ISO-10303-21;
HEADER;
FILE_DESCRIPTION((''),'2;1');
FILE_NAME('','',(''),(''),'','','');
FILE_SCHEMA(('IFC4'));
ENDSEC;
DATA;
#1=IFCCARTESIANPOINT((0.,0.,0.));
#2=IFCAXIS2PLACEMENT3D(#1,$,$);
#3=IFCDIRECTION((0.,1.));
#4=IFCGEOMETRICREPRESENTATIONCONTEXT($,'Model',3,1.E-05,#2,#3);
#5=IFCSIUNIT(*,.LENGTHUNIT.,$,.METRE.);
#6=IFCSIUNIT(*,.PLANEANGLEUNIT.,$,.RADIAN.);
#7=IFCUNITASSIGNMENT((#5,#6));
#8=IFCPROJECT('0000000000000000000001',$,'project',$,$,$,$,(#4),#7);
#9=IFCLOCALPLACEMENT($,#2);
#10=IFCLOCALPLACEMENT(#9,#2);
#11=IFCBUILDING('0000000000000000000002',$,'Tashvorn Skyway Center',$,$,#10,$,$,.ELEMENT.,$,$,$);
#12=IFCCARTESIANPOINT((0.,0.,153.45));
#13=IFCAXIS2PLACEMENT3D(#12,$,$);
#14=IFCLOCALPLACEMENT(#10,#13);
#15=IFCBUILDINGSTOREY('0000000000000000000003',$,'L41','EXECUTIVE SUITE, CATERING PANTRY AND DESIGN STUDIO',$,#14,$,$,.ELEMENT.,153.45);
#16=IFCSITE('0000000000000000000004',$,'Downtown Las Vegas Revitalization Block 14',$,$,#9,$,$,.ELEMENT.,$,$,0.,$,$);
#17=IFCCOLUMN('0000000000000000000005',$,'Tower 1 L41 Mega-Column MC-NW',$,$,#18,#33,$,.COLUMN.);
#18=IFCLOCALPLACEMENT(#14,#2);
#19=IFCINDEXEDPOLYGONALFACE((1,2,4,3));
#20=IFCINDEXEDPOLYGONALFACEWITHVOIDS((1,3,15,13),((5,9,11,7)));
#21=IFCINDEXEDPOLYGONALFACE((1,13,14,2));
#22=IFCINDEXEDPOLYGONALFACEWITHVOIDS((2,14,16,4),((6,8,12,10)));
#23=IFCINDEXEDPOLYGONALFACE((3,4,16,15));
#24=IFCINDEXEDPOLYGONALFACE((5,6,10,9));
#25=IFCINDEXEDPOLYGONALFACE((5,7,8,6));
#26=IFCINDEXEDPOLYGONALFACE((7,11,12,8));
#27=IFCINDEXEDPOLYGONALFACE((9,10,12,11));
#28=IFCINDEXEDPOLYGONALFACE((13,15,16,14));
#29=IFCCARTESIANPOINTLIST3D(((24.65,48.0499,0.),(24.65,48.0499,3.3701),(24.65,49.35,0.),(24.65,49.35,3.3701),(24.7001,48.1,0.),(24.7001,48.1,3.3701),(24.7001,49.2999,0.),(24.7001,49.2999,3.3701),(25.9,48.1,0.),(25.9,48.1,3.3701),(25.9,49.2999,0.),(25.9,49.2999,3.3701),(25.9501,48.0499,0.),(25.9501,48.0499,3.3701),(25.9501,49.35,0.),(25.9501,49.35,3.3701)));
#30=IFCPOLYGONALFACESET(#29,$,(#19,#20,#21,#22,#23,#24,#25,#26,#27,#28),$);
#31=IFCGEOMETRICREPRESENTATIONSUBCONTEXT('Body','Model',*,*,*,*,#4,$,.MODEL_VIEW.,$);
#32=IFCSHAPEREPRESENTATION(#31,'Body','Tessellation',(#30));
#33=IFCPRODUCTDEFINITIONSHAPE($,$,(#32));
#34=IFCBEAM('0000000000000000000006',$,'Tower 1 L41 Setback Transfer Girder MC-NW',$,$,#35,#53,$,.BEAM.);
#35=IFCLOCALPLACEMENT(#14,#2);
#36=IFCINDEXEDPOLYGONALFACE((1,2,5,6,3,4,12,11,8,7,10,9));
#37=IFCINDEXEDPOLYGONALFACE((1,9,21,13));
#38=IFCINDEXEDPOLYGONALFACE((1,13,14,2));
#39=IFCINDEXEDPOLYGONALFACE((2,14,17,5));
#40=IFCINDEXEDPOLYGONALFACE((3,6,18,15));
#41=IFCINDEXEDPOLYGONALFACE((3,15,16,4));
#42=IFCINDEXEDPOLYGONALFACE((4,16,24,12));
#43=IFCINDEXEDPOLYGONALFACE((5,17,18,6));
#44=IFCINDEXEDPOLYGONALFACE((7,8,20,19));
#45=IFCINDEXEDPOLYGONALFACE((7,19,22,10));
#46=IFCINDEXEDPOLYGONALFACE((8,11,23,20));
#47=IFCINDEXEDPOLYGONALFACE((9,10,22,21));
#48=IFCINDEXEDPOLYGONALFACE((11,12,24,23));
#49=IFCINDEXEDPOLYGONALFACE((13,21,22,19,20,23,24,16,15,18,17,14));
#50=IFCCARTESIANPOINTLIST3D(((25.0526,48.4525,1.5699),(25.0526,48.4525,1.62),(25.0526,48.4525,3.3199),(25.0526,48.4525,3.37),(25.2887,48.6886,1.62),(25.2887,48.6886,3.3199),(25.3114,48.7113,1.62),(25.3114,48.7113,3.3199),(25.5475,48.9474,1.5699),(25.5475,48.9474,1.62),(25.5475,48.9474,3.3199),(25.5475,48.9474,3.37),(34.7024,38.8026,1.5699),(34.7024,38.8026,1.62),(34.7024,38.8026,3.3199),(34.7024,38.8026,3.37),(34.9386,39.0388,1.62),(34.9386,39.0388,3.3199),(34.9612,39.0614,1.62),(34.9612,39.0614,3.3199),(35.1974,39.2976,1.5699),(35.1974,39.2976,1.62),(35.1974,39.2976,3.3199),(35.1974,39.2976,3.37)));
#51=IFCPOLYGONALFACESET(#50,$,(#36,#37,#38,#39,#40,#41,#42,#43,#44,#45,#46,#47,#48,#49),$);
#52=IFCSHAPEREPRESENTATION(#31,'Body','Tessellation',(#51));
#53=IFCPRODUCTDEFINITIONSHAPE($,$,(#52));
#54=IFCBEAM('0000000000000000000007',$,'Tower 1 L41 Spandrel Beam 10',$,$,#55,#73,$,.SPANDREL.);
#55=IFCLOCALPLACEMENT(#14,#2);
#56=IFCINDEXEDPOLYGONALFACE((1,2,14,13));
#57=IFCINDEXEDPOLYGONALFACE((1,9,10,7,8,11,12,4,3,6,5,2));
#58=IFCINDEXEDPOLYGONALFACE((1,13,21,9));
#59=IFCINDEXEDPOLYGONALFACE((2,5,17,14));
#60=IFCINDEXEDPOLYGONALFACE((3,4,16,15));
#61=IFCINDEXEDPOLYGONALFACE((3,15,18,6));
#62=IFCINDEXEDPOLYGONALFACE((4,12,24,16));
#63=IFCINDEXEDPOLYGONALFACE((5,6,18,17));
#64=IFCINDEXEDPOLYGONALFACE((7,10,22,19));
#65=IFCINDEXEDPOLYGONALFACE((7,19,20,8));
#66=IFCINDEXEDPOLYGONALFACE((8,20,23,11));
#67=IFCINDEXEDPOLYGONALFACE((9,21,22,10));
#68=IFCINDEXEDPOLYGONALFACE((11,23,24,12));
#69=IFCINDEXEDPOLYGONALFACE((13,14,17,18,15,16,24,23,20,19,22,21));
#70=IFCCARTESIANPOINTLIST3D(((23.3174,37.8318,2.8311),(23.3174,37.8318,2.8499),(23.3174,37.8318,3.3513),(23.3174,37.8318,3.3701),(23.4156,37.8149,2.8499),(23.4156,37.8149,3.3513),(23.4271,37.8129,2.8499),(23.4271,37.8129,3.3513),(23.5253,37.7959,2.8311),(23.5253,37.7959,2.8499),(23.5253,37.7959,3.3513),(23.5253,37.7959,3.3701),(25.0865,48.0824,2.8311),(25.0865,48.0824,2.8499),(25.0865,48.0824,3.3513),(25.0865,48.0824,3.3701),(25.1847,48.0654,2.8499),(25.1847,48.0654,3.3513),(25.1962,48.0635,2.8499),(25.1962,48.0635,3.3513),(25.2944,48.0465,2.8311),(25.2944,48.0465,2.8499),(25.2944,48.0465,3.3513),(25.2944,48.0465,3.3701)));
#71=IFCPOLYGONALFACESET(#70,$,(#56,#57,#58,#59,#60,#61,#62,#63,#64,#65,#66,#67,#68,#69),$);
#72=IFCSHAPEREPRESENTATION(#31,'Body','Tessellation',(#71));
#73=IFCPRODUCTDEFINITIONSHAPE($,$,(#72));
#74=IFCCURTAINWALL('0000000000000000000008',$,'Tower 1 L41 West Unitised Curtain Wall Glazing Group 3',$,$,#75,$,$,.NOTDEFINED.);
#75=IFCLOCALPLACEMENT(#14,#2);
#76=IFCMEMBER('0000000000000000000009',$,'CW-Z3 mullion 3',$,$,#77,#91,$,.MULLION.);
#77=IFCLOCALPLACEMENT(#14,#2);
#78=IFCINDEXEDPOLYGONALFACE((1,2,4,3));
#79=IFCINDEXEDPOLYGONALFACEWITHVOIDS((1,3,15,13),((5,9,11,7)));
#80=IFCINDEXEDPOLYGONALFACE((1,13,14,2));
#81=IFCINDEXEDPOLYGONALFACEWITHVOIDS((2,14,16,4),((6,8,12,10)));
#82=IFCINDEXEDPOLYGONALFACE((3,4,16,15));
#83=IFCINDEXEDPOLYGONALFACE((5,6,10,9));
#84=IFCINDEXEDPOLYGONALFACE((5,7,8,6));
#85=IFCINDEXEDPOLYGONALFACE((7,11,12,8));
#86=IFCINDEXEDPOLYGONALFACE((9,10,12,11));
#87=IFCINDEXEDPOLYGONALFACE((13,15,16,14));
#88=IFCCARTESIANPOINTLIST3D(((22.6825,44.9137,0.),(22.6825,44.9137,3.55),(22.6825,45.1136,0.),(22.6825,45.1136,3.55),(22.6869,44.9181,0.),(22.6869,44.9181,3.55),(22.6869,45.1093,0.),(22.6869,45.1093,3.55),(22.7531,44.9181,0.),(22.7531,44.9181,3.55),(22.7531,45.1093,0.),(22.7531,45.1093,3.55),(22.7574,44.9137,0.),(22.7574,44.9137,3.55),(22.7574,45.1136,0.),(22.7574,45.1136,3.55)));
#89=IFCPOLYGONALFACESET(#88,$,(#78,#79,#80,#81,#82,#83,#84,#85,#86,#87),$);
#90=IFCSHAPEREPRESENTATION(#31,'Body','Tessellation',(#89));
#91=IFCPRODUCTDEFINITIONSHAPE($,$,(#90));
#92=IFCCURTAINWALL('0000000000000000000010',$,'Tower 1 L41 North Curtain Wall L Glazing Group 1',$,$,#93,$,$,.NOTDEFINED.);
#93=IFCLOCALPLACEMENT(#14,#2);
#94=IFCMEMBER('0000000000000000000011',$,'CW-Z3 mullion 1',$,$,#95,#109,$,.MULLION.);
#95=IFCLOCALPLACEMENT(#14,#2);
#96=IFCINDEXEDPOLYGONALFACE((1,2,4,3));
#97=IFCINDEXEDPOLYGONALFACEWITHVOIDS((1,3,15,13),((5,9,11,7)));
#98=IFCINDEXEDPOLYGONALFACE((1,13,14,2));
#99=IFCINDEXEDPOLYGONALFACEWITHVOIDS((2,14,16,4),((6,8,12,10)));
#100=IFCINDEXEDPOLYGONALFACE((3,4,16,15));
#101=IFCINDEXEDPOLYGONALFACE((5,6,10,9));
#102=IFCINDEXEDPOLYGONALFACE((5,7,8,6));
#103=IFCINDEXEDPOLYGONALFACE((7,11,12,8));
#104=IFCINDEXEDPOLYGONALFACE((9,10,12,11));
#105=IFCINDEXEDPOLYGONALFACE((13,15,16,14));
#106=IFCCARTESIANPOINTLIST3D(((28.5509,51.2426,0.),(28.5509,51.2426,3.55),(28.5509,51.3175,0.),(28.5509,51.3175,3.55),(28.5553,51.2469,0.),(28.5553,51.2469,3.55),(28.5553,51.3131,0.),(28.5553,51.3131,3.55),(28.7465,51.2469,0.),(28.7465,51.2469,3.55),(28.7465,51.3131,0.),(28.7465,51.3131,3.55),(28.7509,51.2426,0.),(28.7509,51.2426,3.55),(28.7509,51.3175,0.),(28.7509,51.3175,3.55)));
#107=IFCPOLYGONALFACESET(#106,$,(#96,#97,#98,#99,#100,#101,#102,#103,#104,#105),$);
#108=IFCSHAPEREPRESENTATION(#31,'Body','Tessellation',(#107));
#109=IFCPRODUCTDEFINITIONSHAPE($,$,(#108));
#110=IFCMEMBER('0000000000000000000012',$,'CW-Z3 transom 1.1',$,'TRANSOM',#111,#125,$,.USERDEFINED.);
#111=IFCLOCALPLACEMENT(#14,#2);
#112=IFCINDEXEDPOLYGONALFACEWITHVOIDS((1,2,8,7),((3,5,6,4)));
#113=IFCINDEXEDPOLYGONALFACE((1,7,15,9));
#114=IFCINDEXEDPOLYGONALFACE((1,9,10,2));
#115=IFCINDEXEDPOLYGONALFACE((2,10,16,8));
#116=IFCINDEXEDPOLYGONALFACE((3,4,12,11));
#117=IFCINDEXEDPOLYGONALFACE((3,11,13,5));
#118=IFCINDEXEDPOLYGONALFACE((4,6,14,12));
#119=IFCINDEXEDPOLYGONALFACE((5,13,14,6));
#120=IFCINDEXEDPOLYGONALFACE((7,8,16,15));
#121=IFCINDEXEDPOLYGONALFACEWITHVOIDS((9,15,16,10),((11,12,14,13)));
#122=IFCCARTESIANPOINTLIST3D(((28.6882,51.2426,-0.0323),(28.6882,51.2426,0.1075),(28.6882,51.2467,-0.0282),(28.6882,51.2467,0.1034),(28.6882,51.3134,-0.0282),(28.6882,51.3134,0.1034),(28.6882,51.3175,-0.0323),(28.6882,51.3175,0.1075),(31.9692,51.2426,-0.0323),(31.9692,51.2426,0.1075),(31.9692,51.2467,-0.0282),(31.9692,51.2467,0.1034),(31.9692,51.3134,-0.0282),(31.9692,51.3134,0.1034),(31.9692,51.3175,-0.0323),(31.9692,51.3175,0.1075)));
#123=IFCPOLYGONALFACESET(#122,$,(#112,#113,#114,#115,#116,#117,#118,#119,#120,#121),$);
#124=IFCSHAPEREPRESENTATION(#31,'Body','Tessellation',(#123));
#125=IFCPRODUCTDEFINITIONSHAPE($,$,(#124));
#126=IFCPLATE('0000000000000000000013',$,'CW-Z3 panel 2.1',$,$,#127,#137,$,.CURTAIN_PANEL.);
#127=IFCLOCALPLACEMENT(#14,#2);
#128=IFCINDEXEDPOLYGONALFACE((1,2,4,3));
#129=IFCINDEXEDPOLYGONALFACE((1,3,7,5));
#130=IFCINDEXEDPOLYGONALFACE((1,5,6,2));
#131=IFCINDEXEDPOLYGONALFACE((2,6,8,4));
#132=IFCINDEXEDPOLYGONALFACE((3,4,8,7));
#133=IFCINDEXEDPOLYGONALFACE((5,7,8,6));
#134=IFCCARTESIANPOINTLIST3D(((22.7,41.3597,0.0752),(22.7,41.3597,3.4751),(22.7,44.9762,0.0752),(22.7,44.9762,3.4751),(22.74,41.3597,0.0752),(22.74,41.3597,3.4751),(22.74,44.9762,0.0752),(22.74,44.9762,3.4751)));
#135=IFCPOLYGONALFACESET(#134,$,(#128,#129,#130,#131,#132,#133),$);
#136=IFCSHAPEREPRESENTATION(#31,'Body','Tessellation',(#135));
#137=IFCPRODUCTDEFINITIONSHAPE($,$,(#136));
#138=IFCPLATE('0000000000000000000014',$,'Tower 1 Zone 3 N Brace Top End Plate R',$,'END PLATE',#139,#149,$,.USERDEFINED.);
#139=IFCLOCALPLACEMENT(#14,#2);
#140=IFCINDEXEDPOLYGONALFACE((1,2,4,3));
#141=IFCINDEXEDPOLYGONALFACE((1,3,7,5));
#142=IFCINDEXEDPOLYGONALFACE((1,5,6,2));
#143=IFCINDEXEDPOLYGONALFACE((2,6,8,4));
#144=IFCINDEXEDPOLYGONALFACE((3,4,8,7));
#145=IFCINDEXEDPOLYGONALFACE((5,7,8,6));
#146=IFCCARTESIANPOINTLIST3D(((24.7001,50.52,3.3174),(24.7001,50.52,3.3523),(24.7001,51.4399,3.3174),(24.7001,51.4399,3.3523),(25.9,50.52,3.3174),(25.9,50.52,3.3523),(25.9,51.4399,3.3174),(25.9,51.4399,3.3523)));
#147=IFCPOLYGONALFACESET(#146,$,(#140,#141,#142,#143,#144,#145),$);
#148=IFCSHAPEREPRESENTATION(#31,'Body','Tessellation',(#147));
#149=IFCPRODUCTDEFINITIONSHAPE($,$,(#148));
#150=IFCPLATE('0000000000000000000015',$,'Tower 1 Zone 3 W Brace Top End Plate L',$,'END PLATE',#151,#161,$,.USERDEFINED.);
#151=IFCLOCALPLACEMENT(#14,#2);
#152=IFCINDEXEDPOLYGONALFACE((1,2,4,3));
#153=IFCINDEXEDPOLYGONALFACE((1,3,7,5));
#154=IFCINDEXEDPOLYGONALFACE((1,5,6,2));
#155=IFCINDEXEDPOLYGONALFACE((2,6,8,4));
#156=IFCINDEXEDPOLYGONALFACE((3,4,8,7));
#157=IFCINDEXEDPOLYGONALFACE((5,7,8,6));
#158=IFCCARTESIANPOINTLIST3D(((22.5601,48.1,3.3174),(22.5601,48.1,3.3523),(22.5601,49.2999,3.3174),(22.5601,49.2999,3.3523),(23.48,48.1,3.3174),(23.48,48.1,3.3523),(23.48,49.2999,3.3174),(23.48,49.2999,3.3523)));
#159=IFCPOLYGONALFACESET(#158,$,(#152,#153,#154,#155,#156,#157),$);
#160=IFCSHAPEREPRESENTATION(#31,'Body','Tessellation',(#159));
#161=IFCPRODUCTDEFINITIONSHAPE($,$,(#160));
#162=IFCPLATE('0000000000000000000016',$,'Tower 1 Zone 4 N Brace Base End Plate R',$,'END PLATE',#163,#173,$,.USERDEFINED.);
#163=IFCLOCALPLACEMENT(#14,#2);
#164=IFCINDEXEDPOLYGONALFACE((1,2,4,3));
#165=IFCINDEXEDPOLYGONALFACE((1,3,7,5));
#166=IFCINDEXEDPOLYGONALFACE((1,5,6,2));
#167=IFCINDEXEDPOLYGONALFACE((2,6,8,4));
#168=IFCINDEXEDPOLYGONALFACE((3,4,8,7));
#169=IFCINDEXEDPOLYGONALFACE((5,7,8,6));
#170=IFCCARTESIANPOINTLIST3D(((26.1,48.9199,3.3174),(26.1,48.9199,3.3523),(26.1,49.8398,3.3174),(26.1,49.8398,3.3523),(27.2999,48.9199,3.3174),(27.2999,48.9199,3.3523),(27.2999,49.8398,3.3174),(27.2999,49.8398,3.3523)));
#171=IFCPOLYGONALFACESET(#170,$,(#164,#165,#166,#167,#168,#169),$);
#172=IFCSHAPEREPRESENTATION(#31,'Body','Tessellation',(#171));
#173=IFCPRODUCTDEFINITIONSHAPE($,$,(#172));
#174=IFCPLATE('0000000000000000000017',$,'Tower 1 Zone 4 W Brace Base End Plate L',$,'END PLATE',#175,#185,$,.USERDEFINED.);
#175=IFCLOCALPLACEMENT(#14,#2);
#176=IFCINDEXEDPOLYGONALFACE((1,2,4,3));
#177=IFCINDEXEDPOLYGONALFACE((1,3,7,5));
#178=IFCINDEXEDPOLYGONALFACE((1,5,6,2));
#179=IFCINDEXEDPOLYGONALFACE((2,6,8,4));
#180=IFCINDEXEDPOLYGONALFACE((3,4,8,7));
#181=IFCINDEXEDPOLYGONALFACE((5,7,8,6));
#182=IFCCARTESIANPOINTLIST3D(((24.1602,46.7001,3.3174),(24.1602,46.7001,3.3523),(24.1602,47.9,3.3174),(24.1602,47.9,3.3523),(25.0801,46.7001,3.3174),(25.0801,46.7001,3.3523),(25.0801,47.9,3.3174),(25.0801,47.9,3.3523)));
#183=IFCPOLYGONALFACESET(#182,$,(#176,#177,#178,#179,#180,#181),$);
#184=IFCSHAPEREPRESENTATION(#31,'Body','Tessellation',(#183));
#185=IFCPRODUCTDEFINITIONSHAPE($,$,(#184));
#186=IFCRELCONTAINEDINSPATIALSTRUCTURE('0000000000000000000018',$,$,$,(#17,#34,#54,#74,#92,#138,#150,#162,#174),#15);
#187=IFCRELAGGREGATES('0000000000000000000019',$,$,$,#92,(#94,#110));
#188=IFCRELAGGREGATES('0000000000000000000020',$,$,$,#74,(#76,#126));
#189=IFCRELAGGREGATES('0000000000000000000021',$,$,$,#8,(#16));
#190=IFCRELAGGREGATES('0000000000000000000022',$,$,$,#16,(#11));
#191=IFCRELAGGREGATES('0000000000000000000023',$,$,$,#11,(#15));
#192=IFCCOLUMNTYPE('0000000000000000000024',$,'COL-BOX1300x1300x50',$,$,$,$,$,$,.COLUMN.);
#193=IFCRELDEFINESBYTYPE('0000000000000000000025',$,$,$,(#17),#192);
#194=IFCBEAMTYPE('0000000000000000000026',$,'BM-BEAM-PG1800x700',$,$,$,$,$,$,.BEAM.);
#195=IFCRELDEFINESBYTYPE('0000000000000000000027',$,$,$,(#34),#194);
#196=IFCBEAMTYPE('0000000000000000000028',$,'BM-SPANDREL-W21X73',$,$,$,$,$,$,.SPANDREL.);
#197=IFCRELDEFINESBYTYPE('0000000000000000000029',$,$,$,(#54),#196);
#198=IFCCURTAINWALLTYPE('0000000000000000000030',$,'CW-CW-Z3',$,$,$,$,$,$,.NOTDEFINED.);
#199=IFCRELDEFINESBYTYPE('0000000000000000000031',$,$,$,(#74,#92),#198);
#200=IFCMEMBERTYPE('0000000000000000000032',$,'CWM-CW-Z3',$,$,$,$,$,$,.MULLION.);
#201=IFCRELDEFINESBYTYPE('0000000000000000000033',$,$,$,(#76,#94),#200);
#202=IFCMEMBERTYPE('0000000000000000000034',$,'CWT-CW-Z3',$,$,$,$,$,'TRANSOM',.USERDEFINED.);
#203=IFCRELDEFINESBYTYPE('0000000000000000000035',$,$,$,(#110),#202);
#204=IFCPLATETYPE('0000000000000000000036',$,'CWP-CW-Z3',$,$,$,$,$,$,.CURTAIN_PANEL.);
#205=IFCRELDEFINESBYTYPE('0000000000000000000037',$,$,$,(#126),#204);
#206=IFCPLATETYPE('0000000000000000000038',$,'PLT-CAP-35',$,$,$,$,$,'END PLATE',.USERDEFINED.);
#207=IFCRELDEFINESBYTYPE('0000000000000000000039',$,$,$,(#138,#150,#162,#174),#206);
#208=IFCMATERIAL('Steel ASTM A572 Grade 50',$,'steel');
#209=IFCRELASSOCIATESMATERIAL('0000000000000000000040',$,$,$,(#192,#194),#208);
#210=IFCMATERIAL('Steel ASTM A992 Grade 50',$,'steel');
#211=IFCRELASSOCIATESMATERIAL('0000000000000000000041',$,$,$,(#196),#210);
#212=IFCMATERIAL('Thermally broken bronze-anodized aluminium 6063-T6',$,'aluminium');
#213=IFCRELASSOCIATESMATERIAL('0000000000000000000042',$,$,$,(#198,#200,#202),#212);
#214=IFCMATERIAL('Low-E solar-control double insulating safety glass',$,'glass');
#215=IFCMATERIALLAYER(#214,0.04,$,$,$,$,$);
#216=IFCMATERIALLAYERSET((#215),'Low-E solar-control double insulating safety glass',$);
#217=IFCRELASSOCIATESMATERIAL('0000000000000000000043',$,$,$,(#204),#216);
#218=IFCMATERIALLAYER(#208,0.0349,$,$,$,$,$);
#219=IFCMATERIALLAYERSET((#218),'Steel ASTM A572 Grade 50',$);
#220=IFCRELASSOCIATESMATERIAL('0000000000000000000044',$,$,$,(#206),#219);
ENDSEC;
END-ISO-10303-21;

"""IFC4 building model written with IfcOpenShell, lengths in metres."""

from ifc_helpers import new_model, si_unit, direction, frame, origin, origin_2d, place, context, subcontext, project, spatial, rectangle, hollow_rectangle, i_section, extrude, material, layer, layer_set, material_profile, profile_set, type_object, element, aggregate, save


model = new_model("IFC4")

# Units and contexts
model_context = context("Model", 3, precision=1e-05, world=origin(), true_north=direction((0.0, 1.0)))
body_context = subcontext(model_context, "Body", "Model", "MODEL_VIEW")
ifc_project = project(units=[si_unit("LENGTHUNIT", "METRE"), si_unit("PLANEANGLEUNIT", "RADIAN")], contexts=[model_context])

# Site, building, storey
site_placement = place(None, origin())
site = spatial("IfcSite", under=ifc_project, at=site_placement, Name="Downtown Las Vegas Revitalization Block 14", CompositionType="ELEMENT", RefElevation=0.0)
building_placement = place(site_placement, origin())
building = spatial("IfcBuilding", under=site, at=building_placement, Name="Tashvorn Skyway Center", CompositionType="ELEMENT")
storey_placement = place(building_placement, frame((0.0, 0.0, 153.45)))
storey = spatial("IfcBuildingStorey", under=building, at=storey_placement, Name="L41", Description="EXECUTIVE SUITE, CATERING PANTRY AND DESIGN STUDIO", CompositionType="ELEMENT", Elevation=153.45)

# Column
ifc_material_1 = material(Name="Steel ASTM A572 Grade 50", Category="steel")
ifc_material_profile_1 = material_profile(ifc_material_1, hollow_rectangle(XDim=1.3, YDim=1.3, WallThickness=0.05, at=origin_2d()), Name="BOX1300x1300x50")
ifc_profile_set_1 = profile_set([ifc_material_profile_1], Name="Steel ASTM A572 Grade 50")
column_type = type_object("IfcColumnType", Name="COL-BOX1300x1300x50", PredefinedType="COLUMN", material=ifc_profile_set_1)
column_placement = place(storey_placement, frame((25.3, 48.7, 0.0), z_axis=(0.0, 0.0, 1.0), x_axis=(1.0, 0.0, 0.0)))
element("IfcColumn", 1, at=column_placement, inside=storey, type_object=column_type, Name="Tower 1 L41 Mega-Column MC-NW", PredefinedType="COLUMN", context=body_context, shape_type="SweptSolid", body=[
    extrude(hollow_rectangle(XDim=1.3, YDim=1.3, WallThickness=0.05, at=origin_2d()), origin(), (0.0, 0.0, 1.0), 3.3701),
])

# Beams
ifc_material_profile_2 = material_profile(ifc_material_1, i_section(OverallWidth=0.7, OverallDepth=1.8, WebThickness=0.032, FlangeThickness=0.05, at=origin_2d()), Name="PG1800x700")
ifc_profile_set_2 = profile_set([ifc_material_profile_2], Name="Steel ASTM A572 Grade 50")
beam_type_1 = type_object("IfcBeamType", Name="BM-BEAM-PG1800x700", PredefinedType="BEAM", material=ifc_profile_set_2)
beam_1_placement = place(storey_placement, frame((25.3, 48.7, 2.47), z_axis=(0.707107, -0.707107, 0.0), x_axis=(0.707107, 0.707107, 0.0)))
element("IfcBeam", 2, at=beam_1_placement, inside=storey, type_object=beam_type_1, Name="Tower 1 L41 Setback Transfer Girder MC-NW", PredefinedType="BEAM", context=body_context, shape_type="SweptSolid", body=[
    extrude(i_section(OverallWidth=0.7, OverallDepth=1.8, WebThickness=0.032, FlangeThickness=0.05, at=origin_2d()), origin(), (0.0, 0.0, 1.0), 13.647),
])
ifc_material_2 = material(Name="Steel ASTM A992 Grade 50", Category="steel")
ifc_material_profile_3 = material_profile(ifc_material_2, i_section(OverallWidth=0.2109, OverallDepth=0.5391, WebThickness=0.0117, FlangeThickness=0.0188, at=origin_2d()), Name="W21X73")
ifc_profile_set_3 = profile_set([ifc_material_profile_3], Name="Steel ASTM A992 Grade 50")
beam_type_2 = type_object("IfcBeamType", Name="BM-SPANDREL-W21X73", PredefinedType="SPANDREL", material=ifc_profile_set_3)
beam_2_placement = place(storey_placement, frame((25.1904, 48.0645, 3.1006), z_axis=(-0.170067, -0.985432, 0.0), x_axis=(0.985432, -0.170067, 0.0)))
element("IfcBeam", 3, at=beam_2_placement, inside=storey, type_object=beam_type_2, Name="Tower 1 L41 Spandrel Beam 10", PredefinedType="SPANDREL", context=body_context, shape_type="SweptSolid", body=[
    extrude(i_section(OverallWidth=0.2109, OverallDepth=0.5391, WebThickness=0.0117, FlangeThickness=0.0188, at=origin_2d()), origin(), (0.0, 0.0, 1.0), 10.4021),
])

# Curtain wall, member
ifc_material_3 = material(Name="Thermally broken bronze-anodized aluminium 6063-T6", Category="aluminium")
curtain_wall_type = type_object("IfcCurtainWallType", Name="CW-CW-Z3", PredefinedType="NOTDEFINED", material=ifc_material_3)
curtain_wall_1_placement = place(storey_placement, origin())
curtain_wall_1 = element("IfcCurtainWall", 4, at=curtain_wall_1_placement, inside=storey, type_object=curtain_wall_type, Name="Tower 1 L41 West Unitised Curtain Wall Glazing Group 3", PredefinedType="NOTDEFINED")
ifc_material_profile_4 = material_profile(ifc_material_3, hollow_rectangle(XDim=0.075, YDim=0.2, WallThickness=0.0044, at=origin_2d()), Name="ALU-MULL-75x200")
ifc_profile_set_4 = profile_set([ifc_material_profile_4], Name="Thermally broken bronze-anodized aluminium 6063-T6")
member_type_1 = type_object("IfcMemberType", Name="CWM-CW-Z3", PredefinedType="MULLION", material=ifc_profile_set_4)
member_1_placement = place(storey_placement, frame((22.72, 45.0137, 0.0), z_axis=(0.0, 0.0, 1.0), x_axis=(-1.0, 0.0, 0.0)))
member_1 = element("IfcMember", 5, at=member_1_placement, type_object=member_type_1, Name="CW-Z3 mullion 3", PredefinedType="MULLION", context=body_context, shape_type="SweptSolid", body=[
    extrude(hollow_rectangle(XDim=0.075, YDim=0.2, WallThickness=0.0044, at=origin_2d()), origin(), (0.0, 0.0, 1.0), 3.55),
])

# Curtain wall, members
curtain_wall_2_placement = place(storey_placement, origin())
curtain_wall_2 = element("IfcCurtainWall", 6, at=curtain_wall_2_placement, inside=storey, type_object=curtain_wall_type, Name="Tower 1 L41 North Curtain Wall L Glazing Group 1", PredefinedType="NOTDEFINED")
member_2_placement = place(storey_placement, frame((28.6509, 51.28, 0.0), z_axis=(0.0, 0.0, 1.0), x_axis=(0.0, 1.0, 0.0)))
member_2 = element("IfcMember", 7, at=member_2_placement, type_object=member_type_1, Name="CW-Z3 mullion 1", PredefinedType="MULLION", context=body_context, shape_type="SweptSolid", body=[
    extrude(hollow_rectangle(XDim=0.075, YDim=0.2, WallThickness=0.0044, at=origin_2d()), origin(), (0.0, 0.0, 1.0), 3.55),
])
ifc_material_profile_5 = material_profile(ifc_material_3, hollow_rectangle(XDim=0.075, YDim=0.1399, WallThickness=0.0042, at=origin_2d()), Name="ALU-TRAN-75x140")
ifc_profile_set_5 = profile_set([ifc_material_profile_5], Name="Thermally broken bronze-anodized aluminium 6063-T6")
member_type_2 = type_object("IfcMemberType", Name="CWT-CW-Z3", ElementType="TRANSOM", PredefinedType="USERDEFINED", material=ifc_profile_set_5)
member_3_placement = place(storey_placement, frame((28.6882, 51.28, 0.0376), z_axis=(1.0, 0.0, 0.0), x_axis=(0.0, 1.0, 0.0)))
member_3 = element("IfcMember", 8, at=member_3_placement, type_object=member_type_2, Name="CW-Z3 transom 1.1", ObjectType="TRANSOM", PredefinedType="USERDEFINED", context=body_context, shape_type="SweptSolid", body=[
    extrude(hollow_rectangle(XDim=0.075, YDim=0.1399, WallThickness=0.0042, at=origin_2d()), origin(), (0.0, 0.0, 1.0), 3.281),
])
aggregate(curtain_wall_2, [member_2, member_3])

# Plate
ifc_material_4 = material(Name="Low-E solar-control double insulating safety glass", Category="glass")
ifc_layer_1 = layer(ifc_material_4, 0.04)
ifc_layer_set_1 = layer_set([ifc_layer_1], Name="Low-E solar-control double insulating safety glass")
plate_type_1 = type_object("IfcPlateType", Name="CWP-CW-Z3", PredefinedType="CURTAIN_PANEL", material=ifc_layer_set_1)
plate_1_placement = place(storey_placement, frame((22.72, 43.168, 0.0752), z_axis=(0.0, 0.0, 1.0), x_axis=(0.0, 1.0, 0.0)))
plate_1 = element("IfcPlate", 9, at=plate_1_placement, type_object=plate_type_1, Name="CW-Z3 panel 2.1", PredefinedType="CURTAIN_PANEL", context=body_context, shape_type="SweptSolid", body=[
    extrude(rectangle(XDim=3.6165, YDim=0.04, at=origin_2d()), origin(), (0.0, 0.0, 1.0), 3.3999),
])
aggregate(curtain_wall_1, [member_1, plate_1])

# Plates
ifc_layer_2 = layer(ifc_material_1, 0.0349)
ifc_layer_set_2 = layer_set([ifc_layer_2], Name="Steel ASTM A572 Grade 50")
plate_type_2 = type_object("IfcPlateType", Name="PLT-CAP-35", ElementType="END PLATE", PredefinedType="USERDEFINED", material=ifc_layer_set_2)
for number, where, z_axis, x_axis, name in (
    (10, (25.3, 50.98, 3.3174), (0.0, 0.0, 1.0), (-1.0, 0.0, 0.0), "Tower 1 Zone 3 N Brace Top End Plate R"),
    (11, (23.02, 48.7, 3.3174), (0.0, 0.0, 1.0), (0.0, -1.0, 0.0), "Tower 1 Zone 3 W Brace Top End Plate L"),
    (12, (26.7, 49.3799, 3.3174), (0.0, 0.0, 1.0), (-1.0, 0.0, 0.0), "Tower 1 Zone 4 N Brace Base End Plate R"),
    (13, (24.6201, 47.3, 3.3174), (0.0, 0.0, 1.0), (0.0, -1.0, 0.0), "Tower 1 Zone 4 W Brace Base End Plate L"),
):
    element("IfcPlate", number, at=place(storey_placement, frame(where, z_axis=z_axis, x_axis=x_axis)), inside=storey, type_object=plate_type_2, Name=name, ObjectType="END PLATE", PredefinedType="USERDEFINED", context=body_context, shape_type="SweptSolid", body=[
        extrude(rectangle(XDim=1.2, YDim=0.9199, at=origin_2d()), origin(), (0.0, 0.0, 1.0), 0.0349),
    ])

save(model, "model.ifc")
